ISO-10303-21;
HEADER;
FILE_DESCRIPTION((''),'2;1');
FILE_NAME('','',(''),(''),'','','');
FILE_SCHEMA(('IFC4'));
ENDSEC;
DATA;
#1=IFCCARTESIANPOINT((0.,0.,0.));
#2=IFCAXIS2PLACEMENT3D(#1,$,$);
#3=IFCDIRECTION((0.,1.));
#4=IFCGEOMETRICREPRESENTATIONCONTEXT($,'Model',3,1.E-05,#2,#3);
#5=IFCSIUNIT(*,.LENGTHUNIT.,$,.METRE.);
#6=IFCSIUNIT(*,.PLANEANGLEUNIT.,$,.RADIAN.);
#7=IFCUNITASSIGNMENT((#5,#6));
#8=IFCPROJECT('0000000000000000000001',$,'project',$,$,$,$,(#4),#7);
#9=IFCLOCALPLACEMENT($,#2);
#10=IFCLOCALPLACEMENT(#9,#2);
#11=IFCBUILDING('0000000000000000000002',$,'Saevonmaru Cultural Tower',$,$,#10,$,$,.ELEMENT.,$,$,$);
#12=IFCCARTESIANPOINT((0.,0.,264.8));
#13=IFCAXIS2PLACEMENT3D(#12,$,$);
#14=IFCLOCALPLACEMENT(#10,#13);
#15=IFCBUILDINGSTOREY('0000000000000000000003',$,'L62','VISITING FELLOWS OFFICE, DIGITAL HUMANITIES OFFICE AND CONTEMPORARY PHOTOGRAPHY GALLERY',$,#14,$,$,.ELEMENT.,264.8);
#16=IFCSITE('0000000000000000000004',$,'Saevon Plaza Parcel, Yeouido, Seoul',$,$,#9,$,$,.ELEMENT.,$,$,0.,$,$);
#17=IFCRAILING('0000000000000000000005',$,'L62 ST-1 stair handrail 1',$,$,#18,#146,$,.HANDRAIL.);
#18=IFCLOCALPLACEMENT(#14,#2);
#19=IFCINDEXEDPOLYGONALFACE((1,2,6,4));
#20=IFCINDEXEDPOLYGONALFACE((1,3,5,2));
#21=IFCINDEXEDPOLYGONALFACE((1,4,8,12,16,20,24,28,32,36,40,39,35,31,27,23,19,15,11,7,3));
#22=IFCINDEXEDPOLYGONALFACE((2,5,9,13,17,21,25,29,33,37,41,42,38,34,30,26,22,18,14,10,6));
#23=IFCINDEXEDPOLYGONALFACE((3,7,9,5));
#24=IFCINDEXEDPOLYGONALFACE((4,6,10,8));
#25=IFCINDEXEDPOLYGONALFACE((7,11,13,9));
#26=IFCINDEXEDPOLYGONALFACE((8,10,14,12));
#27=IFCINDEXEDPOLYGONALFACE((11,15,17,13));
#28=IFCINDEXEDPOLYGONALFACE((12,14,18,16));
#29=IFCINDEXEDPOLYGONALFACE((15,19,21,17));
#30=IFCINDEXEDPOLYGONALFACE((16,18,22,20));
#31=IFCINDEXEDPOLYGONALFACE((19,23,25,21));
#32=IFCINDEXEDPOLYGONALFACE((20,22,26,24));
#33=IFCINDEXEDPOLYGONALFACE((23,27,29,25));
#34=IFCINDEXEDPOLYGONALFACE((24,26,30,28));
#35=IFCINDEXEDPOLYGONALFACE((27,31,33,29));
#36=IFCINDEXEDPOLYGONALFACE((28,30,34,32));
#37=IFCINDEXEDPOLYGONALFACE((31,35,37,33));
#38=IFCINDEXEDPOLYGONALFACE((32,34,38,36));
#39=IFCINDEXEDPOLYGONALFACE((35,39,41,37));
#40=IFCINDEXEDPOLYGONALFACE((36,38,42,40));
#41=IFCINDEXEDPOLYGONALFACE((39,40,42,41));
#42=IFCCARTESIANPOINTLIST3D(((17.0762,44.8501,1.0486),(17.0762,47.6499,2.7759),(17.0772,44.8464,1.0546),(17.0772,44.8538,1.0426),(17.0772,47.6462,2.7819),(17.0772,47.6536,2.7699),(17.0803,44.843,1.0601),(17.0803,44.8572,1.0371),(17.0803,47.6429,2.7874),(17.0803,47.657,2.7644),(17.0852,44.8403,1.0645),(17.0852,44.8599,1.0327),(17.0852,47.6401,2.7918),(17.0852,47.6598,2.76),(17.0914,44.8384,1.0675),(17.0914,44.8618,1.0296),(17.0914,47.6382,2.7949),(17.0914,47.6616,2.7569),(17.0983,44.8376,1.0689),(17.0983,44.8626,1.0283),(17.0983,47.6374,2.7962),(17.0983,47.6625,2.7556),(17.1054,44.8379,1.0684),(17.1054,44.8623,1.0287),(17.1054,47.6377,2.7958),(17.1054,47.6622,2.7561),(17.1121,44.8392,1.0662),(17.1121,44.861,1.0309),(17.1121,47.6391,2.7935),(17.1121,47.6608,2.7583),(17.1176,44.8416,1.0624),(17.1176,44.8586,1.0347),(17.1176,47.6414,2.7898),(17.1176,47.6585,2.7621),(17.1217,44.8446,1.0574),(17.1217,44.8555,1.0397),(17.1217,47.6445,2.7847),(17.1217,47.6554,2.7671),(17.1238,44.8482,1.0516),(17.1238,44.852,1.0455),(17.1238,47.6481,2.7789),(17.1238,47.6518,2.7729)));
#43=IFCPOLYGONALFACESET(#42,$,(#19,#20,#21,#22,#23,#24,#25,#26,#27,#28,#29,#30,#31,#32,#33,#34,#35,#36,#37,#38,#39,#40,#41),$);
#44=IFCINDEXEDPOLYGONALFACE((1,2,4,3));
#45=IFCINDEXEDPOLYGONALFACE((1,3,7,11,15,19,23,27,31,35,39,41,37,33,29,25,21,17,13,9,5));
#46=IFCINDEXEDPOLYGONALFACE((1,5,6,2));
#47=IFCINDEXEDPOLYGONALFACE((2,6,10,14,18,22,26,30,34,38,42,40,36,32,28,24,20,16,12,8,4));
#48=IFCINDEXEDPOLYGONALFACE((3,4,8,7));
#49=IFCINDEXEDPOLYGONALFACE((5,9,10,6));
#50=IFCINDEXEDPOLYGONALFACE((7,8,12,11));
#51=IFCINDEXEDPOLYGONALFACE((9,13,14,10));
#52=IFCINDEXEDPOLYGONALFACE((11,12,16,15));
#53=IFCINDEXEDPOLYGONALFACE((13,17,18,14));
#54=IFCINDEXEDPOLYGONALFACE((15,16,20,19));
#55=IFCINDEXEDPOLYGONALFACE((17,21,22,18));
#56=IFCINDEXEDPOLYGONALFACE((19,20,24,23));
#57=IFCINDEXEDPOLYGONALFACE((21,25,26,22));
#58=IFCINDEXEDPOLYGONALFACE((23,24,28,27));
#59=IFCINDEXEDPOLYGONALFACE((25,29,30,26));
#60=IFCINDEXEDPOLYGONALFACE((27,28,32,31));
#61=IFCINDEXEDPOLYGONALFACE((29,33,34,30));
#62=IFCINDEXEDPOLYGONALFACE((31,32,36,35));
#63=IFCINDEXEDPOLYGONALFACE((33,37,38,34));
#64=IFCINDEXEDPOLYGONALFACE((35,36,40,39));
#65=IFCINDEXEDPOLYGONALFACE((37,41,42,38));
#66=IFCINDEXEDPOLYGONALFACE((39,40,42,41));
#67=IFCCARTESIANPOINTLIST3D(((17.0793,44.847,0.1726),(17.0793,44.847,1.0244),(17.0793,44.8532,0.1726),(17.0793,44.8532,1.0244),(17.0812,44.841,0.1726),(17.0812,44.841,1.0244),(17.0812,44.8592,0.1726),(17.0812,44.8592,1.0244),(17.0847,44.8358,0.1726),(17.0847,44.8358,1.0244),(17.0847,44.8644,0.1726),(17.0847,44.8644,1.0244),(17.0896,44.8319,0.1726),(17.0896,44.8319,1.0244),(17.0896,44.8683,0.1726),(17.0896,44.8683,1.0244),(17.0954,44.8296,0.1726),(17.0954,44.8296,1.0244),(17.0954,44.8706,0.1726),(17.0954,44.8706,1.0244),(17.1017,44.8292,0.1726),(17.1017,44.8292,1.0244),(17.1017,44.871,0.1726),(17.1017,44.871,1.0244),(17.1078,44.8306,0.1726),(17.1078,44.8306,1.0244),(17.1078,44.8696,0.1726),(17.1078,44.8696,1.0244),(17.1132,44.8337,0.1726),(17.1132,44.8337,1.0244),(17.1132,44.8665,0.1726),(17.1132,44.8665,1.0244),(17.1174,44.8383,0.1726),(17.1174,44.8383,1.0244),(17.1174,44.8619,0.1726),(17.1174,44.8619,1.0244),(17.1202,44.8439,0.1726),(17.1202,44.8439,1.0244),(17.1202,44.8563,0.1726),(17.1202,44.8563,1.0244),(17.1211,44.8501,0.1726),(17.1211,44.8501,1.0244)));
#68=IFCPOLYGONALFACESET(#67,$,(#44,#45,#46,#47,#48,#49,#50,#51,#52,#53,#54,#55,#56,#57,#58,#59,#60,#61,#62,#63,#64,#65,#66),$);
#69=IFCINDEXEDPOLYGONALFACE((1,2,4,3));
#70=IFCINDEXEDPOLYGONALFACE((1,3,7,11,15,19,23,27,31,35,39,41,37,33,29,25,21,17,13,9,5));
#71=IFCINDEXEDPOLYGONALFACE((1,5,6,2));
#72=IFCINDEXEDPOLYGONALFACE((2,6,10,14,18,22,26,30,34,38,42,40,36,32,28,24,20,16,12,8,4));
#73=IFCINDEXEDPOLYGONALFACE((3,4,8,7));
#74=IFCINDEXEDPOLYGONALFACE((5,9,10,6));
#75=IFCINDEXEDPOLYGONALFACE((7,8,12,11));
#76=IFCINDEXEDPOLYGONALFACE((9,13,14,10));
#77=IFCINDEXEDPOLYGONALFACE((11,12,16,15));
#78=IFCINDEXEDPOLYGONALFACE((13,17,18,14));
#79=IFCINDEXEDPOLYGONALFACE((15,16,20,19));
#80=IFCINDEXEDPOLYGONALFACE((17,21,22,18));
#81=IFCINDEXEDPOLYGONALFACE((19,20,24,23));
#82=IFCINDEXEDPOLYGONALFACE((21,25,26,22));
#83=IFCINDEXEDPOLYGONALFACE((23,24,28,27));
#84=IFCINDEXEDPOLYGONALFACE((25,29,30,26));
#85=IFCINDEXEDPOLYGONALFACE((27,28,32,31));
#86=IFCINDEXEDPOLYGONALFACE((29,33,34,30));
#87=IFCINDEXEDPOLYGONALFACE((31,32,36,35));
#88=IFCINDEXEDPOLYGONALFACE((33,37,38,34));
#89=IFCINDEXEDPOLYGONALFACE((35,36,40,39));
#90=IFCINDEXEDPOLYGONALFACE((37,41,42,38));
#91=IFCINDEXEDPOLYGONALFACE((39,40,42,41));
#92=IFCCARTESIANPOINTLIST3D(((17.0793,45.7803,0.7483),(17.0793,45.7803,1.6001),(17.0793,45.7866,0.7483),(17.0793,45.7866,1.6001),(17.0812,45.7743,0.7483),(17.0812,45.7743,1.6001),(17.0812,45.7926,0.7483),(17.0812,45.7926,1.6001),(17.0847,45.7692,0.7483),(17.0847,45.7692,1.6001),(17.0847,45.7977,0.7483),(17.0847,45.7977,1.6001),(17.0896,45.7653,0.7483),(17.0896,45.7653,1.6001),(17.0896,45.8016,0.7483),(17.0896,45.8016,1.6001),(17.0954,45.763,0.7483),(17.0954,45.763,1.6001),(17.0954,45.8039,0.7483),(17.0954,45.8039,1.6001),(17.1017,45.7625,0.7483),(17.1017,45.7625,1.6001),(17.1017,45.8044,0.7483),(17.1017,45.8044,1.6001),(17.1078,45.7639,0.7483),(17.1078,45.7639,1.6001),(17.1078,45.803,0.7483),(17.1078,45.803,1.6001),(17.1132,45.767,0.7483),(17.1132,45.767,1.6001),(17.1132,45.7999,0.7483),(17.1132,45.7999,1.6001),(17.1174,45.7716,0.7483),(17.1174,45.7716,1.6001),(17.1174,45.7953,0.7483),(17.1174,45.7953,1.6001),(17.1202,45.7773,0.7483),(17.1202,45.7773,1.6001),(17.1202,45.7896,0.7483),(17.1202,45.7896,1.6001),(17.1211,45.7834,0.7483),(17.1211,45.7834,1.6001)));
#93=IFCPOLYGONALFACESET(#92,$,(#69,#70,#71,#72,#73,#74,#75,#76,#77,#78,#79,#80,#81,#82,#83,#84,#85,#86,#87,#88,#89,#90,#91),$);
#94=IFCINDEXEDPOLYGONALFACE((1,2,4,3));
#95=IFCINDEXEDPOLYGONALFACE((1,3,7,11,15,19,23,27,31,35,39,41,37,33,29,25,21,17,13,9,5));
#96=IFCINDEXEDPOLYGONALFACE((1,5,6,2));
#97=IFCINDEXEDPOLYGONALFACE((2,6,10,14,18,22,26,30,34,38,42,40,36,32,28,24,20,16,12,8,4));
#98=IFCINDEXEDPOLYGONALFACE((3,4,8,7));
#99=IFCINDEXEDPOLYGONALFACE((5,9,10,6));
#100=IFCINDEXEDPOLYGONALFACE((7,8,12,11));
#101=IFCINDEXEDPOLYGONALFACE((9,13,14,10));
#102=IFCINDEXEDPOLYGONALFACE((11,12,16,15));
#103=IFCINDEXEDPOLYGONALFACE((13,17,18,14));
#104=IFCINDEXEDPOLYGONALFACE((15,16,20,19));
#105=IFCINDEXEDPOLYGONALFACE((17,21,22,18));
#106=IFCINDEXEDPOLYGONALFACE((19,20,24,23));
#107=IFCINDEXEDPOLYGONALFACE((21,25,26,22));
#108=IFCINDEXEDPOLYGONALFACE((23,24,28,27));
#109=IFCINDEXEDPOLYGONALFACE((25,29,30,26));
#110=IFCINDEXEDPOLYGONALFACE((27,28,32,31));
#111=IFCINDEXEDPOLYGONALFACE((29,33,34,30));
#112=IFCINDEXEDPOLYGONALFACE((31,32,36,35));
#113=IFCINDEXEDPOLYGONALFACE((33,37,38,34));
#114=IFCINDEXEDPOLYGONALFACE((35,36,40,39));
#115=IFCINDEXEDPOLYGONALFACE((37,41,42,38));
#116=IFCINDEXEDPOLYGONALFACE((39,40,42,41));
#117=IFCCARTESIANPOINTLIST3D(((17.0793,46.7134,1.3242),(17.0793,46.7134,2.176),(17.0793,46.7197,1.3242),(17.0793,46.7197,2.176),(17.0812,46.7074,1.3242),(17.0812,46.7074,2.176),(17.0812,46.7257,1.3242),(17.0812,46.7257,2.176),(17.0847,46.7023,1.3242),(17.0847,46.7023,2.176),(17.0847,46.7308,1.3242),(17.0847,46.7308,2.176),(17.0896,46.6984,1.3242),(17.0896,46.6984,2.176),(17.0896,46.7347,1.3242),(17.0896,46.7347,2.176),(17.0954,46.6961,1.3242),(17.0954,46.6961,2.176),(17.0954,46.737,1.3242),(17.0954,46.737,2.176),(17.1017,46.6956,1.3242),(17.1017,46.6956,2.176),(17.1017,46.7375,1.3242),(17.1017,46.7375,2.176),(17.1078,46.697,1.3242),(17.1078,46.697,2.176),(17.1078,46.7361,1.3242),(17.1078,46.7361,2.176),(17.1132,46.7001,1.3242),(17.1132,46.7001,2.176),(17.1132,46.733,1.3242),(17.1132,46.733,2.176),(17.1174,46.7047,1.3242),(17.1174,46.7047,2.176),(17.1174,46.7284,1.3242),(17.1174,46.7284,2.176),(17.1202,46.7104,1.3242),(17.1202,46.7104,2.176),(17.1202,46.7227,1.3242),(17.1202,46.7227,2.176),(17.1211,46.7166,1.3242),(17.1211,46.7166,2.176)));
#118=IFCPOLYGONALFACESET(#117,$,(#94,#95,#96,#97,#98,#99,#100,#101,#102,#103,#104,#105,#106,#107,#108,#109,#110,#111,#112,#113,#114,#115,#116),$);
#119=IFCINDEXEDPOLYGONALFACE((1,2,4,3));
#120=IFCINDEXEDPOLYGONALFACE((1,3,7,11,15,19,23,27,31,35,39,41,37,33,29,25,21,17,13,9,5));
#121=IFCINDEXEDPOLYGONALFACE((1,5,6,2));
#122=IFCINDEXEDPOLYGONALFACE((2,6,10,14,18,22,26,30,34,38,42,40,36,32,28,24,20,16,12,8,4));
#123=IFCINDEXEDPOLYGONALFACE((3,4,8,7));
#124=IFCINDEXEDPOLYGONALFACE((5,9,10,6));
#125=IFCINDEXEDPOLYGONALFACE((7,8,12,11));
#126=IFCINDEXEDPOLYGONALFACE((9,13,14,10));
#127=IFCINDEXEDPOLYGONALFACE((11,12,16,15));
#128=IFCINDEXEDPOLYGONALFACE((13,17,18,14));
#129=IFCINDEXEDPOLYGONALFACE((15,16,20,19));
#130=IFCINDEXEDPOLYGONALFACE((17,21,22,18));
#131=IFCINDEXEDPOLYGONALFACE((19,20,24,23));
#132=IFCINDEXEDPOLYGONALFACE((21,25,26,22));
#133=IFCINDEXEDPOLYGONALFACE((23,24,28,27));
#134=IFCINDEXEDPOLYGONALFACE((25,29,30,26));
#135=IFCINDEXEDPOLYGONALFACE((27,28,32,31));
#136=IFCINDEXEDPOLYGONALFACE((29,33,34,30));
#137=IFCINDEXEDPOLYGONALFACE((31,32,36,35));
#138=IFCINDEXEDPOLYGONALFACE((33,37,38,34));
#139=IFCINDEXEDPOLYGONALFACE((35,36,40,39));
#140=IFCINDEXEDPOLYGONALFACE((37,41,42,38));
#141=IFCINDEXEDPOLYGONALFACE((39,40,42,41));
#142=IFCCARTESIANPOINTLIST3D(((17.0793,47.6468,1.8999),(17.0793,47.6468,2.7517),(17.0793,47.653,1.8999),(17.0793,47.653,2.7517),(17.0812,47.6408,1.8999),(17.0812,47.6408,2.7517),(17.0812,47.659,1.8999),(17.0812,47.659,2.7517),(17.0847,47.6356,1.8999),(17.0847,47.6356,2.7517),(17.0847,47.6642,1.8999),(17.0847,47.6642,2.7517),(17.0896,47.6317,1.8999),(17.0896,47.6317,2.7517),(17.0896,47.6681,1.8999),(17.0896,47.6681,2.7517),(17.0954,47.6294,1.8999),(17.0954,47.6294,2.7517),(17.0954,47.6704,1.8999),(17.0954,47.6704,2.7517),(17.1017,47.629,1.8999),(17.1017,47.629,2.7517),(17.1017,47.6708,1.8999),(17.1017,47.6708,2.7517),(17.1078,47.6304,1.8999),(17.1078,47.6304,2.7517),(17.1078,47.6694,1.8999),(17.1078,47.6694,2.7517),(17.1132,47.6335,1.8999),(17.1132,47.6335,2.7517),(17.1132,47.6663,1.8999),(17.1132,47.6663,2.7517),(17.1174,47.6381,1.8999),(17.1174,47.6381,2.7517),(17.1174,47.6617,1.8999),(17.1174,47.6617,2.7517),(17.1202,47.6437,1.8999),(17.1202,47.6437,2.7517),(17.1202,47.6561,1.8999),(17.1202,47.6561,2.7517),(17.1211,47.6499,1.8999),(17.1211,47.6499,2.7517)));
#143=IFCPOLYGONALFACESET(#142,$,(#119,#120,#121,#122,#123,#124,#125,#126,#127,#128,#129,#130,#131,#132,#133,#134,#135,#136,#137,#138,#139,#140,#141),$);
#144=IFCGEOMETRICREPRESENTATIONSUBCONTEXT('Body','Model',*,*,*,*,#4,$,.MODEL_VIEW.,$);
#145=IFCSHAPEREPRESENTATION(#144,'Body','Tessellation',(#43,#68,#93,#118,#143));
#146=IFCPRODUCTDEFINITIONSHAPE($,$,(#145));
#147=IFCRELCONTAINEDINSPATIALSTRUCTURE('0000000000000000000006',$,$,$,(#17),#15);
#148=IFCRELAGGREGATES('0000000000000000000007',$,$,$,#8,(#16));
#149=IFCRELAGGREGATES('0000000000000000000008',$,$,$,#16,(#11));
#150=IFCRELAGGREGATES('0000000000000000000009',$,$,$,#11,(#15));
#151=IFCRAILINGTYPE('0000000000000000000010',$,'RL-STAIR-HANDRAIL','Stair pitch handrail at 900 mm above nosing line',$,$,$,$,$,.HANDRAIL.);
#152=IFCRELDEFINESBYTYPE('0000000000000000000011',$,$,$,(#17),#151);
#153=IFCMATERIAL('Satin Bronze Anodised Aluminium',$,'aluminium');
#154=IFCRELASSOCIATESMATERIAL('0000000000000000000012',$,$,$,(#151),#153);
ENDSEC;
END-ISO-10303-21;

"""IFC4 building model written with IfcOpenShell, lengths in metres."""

from ifc_helpers import new_model, si_unit, direction, frame, origin, origin_2d, place, context, subcontext, project, spatial, circle, extrude, material, type_object, element, save


model = new_model("IFC4")

# Units and contexts
model_context = context("Model", 3, precision=1e-05, world=origin(), true_north=direction((0.0, 1.0)))
body_context = subcontext(model_context, "Body", "Model", "MODEL_VIEW")
ifc_project = project(units=[si_unit("LENGTHUNIT", "METRE"), si_unit("PLANEANGLEUNIT", "RADIAN")], contexts=[model_context])

# Site, building, storey
site_placement = place(None, origin())
site = spatial("IfcSite", under=ifc_project, at=site_placement, Name="Saevon Plaza Parcel, Yeouido, Seoul", CompositionType="ELEMENT", RefElevation=0.0)
building_placement = place(site_placement, origin())
building = spatial("IfcBuilding", under=site, at=building_placement, Name="Saevonmaru Cultural Tower", CompositionType="ELEMENT")
storey_placement = place(building_placement, frame((0.0, 0.0, 264.8)))
storey = spatial("IfcBuildingStorey", under=building, at=storey_placement, Name="L62", Description="VISITING FELLOWS OFFICE, DIGITAL HUMANITIES OFFICE AND CONTEMPORARY PHOTOGRAPHY GALLERY", CompositionType="ELEMENT", Elevation=264.8)

# Shared definitions
ifc_material_1 = material(Name="Satin Bronze Anodised Aluminium", Category="aluminium")

# Railing
railing_type_1 = type_object("IfcRailingType", Name="RL-STAIR-HANDRAIL", Description="Stair pitch handrail at 900 mm above nosing line", PredefinedType="HANDRAIL", material=ifc_material_1)
railing_1_placement = place(storey_placement, frame((17.1001, 44.8501, 0.1726)))
element("IfcRailing", 1, at=railing_1_placement, inside=storey, type_object=railing_type_1, Name="L62 ST-1 stair handrail 1", PredefinedType="HANDRAIL", context=body_context, shape_type="SweptSolid", body=[
    extrude(circle(Radius=0.0239, at=origin_2d()), frame((0.0, 0.0, 0.876), z_axis=(0.0, 0.851069, 0.525054), x_axis=(-1.0, 0.0, 0.0)), (0.0, 0.0, 1.0), 3.2898),
    extrude(circle(Radius=0.021, at=origin_2d()), origin(), (0.0, 0.0, 1.0), 0.8518),
    extrude(circle(Radius=0.021, at=origin_2d()), frame((0.0, 0.9333, 0.5757)), (0.0, 0.0, 1.0), 0.8518),
    extrude(circle(Radius=0.021, at=origin_2d()), frame((0.0, 1.8665, 1.1516)), (0.0, 0.0, 1.0), 0.8518),
    extrude(circle(Radius=0.021, at=origin_2d()), frame((0.0, 2.7998, 1.7273)), (0.0, 0.0, 1.0), 0.8518),
])

save(model, "model.ifc")
